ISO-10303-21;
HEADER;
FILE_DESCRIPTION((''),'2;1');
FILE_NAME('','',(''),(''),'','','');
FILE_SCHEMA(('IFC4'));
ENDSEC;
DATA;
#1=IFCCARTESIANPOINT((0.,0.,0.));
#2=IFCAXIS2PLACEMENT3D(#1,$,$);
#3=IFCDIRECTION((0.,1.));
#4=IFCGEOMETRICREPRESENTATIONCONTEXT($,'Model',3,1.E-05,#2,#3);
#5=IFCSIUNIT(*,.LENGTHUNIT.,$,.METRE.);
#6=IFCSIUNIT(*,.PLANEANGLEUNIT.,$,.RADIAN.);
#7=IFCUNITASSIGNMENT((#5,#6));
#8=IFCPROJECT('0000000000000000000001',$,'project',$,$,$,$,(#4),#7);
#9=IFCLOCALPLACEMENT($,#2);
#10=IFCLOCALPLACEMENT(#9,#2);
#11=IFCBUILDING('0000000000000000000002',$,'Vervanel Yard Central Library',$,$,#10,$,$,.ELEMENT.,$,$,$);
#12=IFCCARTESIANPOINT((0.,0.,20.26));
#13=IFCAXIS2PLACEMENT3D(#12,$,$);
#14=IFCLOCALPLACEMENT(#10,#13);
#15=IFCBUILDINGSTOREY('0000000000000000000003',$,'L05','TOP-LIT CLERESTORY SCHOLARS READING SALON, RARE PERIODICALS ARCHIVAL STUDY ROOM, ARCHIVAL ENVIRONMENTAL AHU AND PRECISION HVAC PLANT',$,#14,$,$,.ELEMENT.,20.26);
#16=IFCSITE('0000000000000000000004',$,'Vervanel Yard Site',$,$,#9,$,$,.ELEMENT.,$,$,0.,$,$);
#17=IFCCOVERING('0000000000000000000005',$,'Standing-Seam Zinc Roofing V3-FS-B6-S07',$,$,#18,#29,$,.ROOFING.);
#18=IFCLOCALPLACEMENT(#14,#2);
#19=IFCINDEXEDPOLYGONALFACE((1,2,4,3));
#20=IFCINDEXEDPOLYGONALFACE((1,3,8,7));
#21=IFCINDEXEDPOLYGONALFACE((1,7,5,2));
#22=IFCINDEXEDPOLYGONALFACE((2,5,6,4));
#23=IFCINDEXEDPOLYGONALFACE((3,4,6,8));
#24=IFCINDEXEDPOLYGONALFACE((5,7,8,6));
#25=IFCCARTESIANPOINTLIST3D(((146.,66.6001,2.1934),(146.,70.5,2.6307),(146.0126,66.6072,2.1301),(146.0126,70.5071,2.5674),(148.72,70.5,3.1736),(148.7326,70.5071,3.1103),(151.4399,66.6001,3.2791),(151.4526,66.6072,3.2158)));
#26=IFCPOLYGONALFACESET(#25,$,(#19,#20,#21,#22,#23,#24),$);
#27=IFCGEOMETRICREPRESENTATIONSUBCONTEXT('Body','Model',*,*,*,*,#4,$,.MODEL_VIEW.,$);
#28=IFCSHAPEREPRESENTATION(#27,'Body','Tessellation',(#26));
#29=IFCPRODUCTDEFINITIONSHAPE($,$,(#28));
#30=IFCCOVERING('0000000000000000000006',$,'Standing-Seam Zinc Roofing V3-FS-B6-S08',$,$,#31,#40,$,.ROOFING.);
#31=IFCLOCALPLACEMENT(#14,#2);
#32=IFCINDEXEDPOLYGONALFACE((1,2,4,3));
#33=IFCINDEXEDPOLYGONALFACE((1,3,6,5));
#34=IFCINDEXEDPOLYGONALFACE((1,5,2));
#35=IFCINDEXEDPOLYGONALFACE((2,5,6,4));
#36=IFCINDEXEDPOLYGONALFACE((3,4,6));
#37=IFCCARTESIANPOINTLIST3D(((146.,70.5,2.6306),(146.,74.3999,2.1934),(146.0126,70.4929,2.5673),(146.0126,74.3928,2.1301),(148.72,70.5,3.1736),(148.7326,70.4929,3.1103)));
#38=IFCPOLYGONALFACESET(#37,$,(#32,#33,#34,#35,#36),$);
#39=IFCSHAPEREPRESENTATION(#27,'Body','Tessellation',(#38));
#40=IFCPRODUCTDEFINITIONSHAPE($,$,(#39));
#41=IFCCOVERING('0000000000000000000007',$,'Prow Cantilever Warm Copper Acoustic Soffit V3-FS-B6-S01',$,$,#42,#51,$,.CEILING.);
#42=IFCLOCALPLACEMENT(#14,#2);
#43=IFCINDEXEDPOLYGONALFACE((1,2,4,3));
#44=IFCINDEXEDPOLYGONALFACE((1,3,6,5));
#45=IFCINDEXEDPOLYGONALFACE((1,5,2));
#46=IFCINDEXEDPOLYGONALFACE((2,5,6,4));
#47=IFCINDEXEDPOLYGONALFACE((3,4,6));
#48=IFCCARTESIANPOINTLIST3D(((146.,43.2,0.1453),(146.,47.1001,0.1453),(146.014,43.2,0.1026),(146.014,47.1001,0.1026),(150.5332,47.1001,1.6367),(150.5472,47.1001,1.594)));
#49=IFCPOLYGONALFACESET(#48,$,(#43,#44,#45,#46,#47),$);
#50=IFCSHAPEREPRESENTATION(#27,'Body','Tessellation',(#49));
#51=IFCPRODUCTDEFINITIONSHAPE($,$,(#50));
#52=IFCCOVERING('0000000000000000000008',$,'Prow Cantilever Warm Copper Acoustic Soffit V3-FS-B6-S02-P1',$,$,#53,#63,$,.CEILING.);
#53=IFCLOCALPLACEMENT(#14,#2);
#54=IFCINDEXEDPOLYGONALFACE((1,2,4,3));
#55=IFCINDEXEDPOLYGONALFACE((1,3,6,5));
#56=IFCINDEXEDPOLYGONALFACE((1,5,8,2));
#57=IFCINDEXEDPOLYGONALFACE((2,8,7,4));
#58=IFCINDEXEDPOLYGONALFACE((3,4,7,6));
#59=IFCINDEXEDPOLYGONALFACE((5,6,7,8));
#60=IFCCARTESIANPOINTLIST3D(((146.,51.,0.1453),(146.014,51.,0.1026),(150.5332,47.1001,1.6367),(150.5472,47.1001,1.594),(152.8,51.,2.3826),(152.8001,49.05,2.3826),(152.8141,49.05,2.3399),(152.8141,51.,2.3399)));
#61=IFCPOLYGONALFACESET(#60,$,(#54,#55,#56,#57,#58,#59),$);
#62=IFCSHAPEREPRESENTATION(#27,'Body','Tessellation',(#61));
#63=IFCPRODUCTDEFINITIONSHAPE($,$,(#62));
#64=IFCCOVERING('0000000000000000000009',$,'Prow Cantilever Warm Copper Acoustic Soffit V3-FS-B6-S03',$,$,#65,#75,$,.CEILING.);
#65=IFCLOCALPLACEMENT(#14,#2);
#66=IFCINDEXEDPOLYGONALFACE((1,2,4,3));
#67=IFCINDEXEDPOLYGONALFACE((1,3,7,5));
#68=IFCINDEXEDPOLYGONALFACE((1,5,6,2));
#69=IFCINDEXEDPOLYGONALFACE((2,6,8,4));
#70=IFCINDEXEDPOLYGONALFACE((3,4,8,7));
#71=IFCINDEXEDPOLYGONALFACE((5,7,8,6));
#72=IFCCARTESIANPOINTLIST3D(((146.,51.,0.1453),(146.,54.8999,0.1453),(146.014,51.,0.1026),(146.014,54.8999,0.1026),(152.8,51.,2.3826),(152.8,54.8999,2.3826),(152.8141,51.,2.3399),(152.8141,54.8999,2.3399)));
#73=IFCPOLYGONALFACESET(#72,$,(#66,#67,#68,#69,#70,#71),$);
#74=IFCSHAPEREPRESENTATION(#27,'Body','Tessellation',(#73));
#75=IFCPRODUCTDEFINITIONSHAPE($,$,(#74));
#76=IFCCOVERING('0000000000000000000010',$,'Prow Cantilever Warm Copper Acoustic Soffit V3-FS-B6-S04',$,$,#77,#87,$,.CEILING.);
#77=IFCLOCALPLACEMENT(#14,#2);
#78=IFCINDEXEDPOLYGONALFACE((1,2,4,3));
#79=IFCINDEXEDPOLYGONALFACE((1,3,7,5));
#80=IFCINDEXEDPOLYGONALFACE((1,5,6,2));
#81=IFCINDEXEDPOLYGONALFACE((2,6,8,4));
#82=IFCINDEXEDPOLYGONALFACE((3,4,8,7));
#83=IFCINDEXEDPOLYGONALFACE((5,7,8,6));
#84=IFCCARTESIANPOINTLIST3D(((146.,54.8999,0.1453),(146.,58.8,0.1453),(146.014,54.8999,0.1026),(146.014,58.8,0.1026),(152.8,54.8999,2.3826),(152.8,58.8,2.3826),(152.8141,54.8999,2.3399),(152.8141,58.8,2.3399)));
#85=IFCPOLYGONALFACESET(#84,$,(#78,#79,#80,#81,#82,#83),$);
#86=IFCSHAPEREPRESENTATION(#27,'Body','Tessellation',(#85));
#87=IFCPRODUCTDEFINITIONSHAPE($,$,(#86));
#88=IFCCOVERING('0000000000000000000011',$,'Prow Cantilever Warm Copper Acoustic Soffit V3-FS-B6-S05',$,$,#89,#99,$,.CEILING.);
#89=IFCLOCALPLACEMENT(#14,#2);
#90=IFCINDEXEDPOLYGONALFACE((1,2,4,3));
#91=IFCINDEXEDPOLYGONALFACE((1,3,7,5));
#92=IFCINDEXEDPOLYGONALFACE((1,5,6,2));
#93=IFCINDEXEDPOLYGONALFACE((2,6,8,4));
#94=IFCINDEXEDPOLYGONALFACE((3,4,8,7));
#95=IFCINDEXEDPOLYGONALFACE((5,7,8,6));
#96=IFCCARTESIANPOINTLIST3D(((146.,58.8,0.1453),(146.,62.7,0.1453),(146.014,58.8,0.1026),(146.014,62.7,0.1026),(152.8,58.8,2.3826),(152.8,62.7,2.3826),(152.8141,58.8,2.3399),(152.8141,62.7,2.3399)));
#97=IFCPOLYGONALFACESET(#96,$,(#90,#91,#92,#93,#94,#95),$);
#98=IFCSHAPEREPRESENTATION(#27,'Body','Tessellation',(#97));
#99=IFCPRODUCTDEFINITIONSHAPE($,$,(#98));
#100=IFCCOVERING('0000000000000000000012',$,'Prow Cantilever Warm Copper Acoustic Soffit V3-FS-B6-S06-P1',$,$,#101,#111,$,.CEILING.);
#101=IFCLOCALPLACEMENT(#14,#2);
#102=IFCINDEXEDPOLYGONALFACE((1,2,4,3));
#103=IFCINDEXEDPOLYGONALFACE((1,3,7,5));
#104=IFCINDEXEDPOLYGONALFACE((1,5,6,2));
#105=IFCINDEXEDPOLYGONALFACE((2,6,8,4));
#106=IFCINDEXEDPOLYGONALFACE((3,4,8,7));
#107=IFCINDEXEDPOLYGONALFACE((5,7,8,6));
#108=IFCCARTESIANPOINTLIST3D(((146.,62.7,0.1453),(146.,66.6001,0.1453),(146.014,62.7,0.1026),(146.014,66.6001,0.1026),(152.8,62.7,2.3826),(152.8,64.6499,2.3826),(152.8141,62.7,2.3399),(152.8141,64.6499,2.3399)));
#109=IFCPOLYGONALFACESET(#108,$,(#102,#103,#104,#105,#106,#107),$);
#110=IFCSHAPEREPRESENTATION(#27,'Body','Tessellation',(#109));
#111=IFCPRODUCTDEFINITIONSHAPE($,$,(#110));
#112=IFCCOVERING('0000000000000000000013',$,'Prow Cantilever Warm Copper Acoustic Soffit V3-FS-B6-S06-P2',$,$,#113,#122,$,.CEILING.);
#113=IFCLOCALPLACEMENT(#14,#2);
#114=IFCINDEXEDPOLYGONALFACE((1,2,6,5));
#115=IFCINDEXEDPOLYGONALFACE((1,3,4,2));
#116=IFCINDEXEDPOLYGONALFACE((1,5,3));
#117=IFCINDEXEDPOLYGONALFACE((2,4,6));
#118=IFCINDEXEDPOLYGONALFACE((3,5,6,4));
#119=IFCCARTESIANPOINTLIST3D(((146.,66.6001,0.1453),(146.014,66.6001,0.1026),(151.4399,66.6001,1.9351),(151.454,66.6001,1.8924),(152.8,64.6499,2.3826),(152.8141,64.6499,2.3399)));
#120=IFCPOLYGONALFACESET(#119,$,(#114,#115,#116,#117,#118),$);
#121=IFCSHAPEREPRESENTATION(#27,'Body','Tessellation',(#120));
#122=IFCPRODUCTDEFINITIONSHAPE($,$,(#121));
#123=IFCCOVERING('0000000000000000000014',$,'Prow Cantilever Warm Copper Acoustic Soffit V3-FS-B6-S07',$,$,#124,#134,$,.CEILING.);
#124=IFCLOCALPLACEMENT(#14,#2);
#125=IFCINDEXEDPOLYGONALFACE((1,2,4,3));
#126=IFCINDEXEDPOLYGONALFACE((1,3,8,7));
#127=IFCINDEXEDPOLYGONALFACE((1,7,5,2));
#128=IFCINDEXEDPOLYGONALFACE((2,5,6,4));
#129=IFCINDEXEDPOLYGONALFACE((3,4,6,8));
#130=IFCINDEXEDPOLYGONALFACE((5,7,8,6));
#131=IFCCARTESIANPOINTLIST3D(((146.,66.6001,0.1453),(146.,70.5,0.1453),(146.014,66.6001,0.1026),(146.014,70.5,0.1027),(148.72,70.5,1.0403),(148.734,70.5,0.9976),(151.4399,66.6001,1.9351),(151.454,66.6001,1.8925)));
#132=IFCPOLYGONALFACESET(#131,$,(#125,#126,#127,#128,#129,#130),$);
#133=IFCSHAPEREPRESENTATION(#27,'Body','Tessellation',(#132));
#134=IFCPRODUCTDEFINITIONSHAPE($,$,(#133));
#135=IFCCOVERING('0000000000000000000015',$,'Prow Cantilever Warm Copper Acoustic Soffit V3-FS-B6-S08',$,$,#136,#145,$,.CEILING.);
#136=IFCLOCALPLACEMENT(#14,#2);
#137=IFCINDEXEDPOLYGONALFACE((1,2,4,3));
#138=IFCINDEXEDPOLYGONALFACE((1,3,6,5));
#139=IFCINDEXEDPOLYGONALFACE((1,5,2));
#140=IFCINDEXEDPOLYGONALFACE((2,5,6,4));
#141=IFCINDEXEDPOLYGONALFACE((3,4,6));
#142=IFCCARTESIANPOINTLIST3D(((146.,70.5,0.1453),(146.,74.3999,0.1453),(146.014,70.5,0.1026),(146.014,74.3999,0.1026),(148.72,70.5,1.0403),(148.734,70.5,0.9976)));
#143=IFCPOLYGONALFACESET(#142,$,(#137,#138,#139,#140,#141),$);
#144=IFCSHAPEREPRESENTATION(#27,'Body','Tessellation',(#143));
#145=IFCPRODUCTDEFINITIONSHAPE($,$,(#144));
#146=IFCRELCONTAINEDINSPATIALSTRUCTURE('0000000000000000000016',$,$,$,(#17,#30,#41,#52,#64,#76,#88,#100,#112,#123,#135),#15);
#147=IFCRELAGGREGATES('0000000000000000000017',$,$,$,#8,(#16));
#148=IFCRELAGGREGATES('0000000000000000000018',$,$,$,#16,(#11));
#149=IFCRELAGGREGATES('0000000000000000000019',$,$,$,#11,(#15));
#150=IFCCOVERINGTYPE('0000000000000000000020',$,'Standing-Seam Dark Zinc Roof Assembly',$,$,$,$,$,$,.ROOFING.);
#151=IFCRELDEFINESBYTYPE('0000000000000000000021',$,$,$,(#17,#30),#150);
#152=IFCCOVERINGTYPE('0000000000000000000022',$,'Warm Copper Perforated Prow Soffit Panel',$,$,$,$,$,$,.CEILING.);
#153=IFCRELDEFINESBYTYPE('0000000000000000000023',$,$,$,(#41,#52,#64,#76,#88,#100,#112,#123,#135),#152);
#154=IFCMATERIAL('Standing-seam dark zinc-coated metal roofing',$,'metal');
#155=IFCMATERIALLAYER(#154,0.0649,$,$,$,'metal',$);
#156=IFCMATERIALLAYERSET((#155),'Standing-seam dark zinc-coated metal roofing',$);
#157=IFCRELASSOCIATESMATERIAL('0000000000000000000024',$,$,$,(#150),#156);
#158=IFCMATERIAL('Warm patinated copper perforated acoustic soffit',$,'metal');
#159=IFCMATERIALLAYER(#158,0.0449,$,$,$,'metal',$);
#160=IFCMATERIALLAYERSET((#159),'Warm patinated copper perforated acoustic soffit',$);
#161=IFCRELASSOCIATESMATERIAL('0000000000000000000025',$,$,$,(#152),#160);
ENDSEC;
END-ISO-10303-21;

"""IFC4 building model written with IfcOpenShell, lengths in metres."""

from ifc_helpers import new_model, si_unit, direction, frame, origin, place, context, subcontext, project, spatial, polyline, outline, extrude, material, layer, layer_set, type_object, element, save


model = new_model("IFC4")

# Units and contexts
model_context = context("Model", 3, precision=1e-05, world=origin(), true_north=direction((0.0, 1.0)))
body_context = subcontext(model_context, "Body", "Model", "MODEL_VIEW")
ifc_project = project(units=[si_unit("LENGTHUNIT", "METRE"), si_unit("PLANEANGLEUNIT", "RADIAN")], contexts=[model_context])

# Site, building, storey
site_placement = place(None, origin())
site = spatial("IfcSite", under=ifc_project, at=site_placement, Name="Vervanel Yard Site", CompositionType="ELEMENT", RefElevation=0.0)
building_placement = place(site_placement, origin())
building = spatial("IfcBuilding", under=site, at=building_placement, Name="Vervanel Yard Central Library", CompositionType="ELEMENT")
storey_placement = place(building_placement, frame((0.0, 0.0, 20.26)))
storey = spatial("IfcBuildingStorey", under=building, at=storey_placement, Name="L05", Description="TOP-LIT CLERESTORY SCHOLARS READING SALON, RARE PERIODICALS ARCHIVAL STUDY ROOM, ARCHIVAL ENVIRONMENTAL AHU AND PRECISION HVAC PLANT", CompositionType="ELEMENT", Elevation=20.26)

# Coverings
ifc_material_1 = material(Name="Standing-seam dark zinc-coated metal roofing", Category="metal")
ifc_layer_1 = layer(ifc_material_1, 0.0649, Category="metal")
ifc_layer_set_1 = layer_set([ifc_layer_1], Name="Standing-seam dark zinc-coated metal roofing")
covering_type_1 = type_object("IfcCoveringType", Name="Standing-Seam Dark Zinc Roof Assembly", PredefinedType="ROOFING", material=ifc_layer_set_1)
covering_1_placement = place(storey_placement, frame((148.72, 70.5, 3.1736), z_axis=(-0.194559, -0.109312, 0.974781), x_axis=(0.571912, -0.820015, 0.022193)))
element("IfcCovering", 1, at=covering_1_placement, inside=storey, type_object=covering_type_1, Name="Standing-Seam Zinc Roofing V3-FS-B6-S07", PredefinedType="ROOFING", context=body_context, shape_type="SweptSolid", body=[
    extrude(outline(polyline([(-1.5676, -2.2881), (1.6206, -4.5762), (4.7559, 0.0), (0.0, 0.0), (-1.5676, -2.2881)])), origin(), (0.0, 0.0, -1.0), 0.0649),
])
covering_2_placement = place(storey_placement, frame((146.0, 74.3999, 2.1934), z_axis=(-0.194588, 0.109292, 0.974777), x_axis=(0.560273, -0.803322, 0.201912)))
element("IfcCovering", 2, at=covering_2_placement, inside=storey, type_object=covering_type_1, Name="Standing-Seam Zinc Roofing V3-FS-B6-S08", PredefinedType="ROOFING", context=body_context, shape_type="SweptSolid", body=[
    extrude(outline(polyline([(3.2212, -2.2415), (4.8547, 0.0), (0.0, 0.0), (3.2212, -2.2415)])), origin(), (0.0, 0.0, -1.0), 0.0649),
])
ifc_material_2 = material(Name="Warm patinated copper perforated acoustic soffit", Category="metal")
ifc_layer_2 = layer(ifc_material_2, 0.0449, Category="metal")
ifc_layer_set_2 = layer_set([ifc_layer_2], Name="Warm patinated copper perforated acoustic soffit")
covering_type_2 = type_object("IfcCoveringType", Name="Warm Copper Perforated Prow Soffit Panel", PredefinedType="CEILING", material=ifc_layer_set_2)
covering_3_placement = place(storey_placement, frame((150.5332, 47.1001, 1.6367), z_axis=(-0.312527, 0.0, 0.949909), x_axis=(-0.735523, -0.632808, -0.241992)))
element("IfcCovering", 3, at=covering_3_placement, inside=storey, type_object=covering_type_2, Name="Prow Cantilever Warm Copper Acoustic Soffit V3-FS-B6-S01", PredefinedType="CEILING", context=body_context, shape_type="SweptSolid", body=[
    extrude(outline(polyline([(3.6952, -3.0199), (6.1632, 0.0), (0.0, 0.0), (3.6952, -3.0199)])), origin(), (0.0, 0.0, -1.0), 0.0449),
])
covering_4_placement = place(storey_placement, frame((152.8, 51.0, 2.3826), z_axis=(-0.312533, -0.000006, 0.949907), x_axis=(0.000002, -1.0, -0.000006)))
element("IfcCovering", 4, at=covering_4_placement, inside=storey, type_object=covering_type_2, Name="Prow Cantilever Warm Copper Acoustic Soffit V3-FS-B6-S02-P1", PredefinedType="CEILING", context=body_context, shape_type="SweptSolid", body=[
    extrude(outline(polyline([(0.0, -7.1586), (3.8999, -2.3864), (1.95, 0.0), (0.0, 0.0), (0.0, -7.1586)])), origin(), (0.0, 0.0, -1.0), 0.0449),
])
covering_5_placement = place(storey_placement, frame((152.8, 54.8999, 2.3826), z_axis=(-0.312532, 0.0, 0.949907), x_axis=(0.0, -1.0, 0.0)))
element("IfcCovering", 5, at=covering_5_placement, inside=storey, type_object=covering_type_2, Name="Prow Cantilever Warm Copper Acoustic Soffit V3-FS-B6-S03", PredefinedType="CEILING", context=body_context, shape_type="SweptSolid", body=[
    extrude(outline(polyline([(0.0, -7.1586), (3.8999, -7.1586), (3.8999, 0.0), (0.0, 0.0), (0.0, -7.1586)])), origin(), (0.0, 0.0, -1.0), 0.0449),
])
covering_6_placement = place(storey_placement, frame((152.8, 58.8, 2.3826), z_axis=(-0.312532, 0.0, 0.949907), x_axis=(0.0, -1.0, 0.0)))
element("IfcCovering", 6, at=covering_6_placement, inside=storey, type_object=covering_type_2, Name="Prow Cantilever Warm Copper Acoustic Soffit V3-FS-B6-S04", PredefinedType="CEILING", context=body_context, shape_type="SweptSolid", body=[
    extrude(outline(polyline([(0.0, -7.1586), (3.9001, -7.1586), (3.9001, 0.0), (0.0, 0.0), (0.0, -7.1586)])), origin(), (0.0, 0.0, -1.0), 0.0449),
])
covering_7_placement = place(storey_placement, frame((152.8, 62.7, 2.3826), z_axis=(-0.312532, 0.0, 0.949907), x_axis=(0.0, -1.0, 0.0)))
element("IfcCovering", 7, at=covering_7_placement, inside=storey, type_object=covering_type_2, Name="Prow Cantilever Warm Copper Acoustic Soffit V3-FS-B6-S05", PredefinedType="CEILING", context=body_context, shape_type="SweptSolid", body=[
    extrude(outline(polyline([(0.0, -7.1586), (3.8999, -7.1586), (3.8999, 0.0), (0.0, 0.0), (0.0, -7.1586)])), origin(), (0.0, 0.0, -1.0), 0.0449),
])
covering_8_placement = place(storey_placement, frame((152.8, 62.7, 2.3826), z_axis=(-0.312532, 0.0, 0.949907), x_axis=(-0.949907, 0.0, -0.312532)))
element("IfcCovering", 8, at=covering_8_placement, inside=storey, type_object=covering_type_2, Name="Prow Cantilever Warm Copper Acoustic Soffit V3-FS-B6-S06-P1", PredefinedType="CEILING", context=body_context, shape_type="SweptSolid", body=[
    extrude(outline(polyline([(0.0, -1.95), (7.1586, -3.9001), (7.1586, 0.0), (0.0, 0.0), (0.0, -1.95)])), origin(), (0.0, 0.0, -1.0), 0.0449),
])
covering_9_placement = place(storey_placement, frame((152.8, 64.6499, 2.3826), z_axis=(-0.312529, 0.00001, 0.949908), x_axis=(-0.916506, 0.262846, -0.301543)))
element("IfcCovering", 9, at=covering_9_placement, inside=storey, type_object=covering_type_2, Name="Prow Cantilever Warm Copper Acoustic Soffit V3-FS-B6-S06-P2", PredefinedType="CEILING", context=body_context, shape_type="SweptSolid", body=[
    extrude(outline(polyline([(1.8941, -1.5053), (7.4195, 0.0), (0.0, 0.0), (1.8941, -1.5053)])), origin(), (0.0, 0.0, -1.0), 0.0449),
])
covering_10_placement = place(storey_placement, frame((148.72, 70.5, 1.0403), z_axis=(-0.312542, -0.00002, 0.949904), x_axis=(0.562182, -0.806066, 0.184955)))
element("IfcCovering", 10, at=covering_10_placement, inside=storey, type_object=covering_type_2, Name="Prow Cantilever Warm Copper Acoustic Soffit V3-FS-B6-S07", PredefinedType="CEILING", context=body_context, shape_type="SweptSolid", body=[
    extrude(outline(polyline([(-1.6947, -2.3081), (1.4489, -4.6162), (4.8382, 0.0), (0.0, 0.0), (-1.6947, -2.3081)])), origin(), (0.0, 0.0, -1.0), 0.0449),
])
covering_11_placement = place(storey_placement, frame((146.0, 74.3999, 0.1453), z_axis=(-0.312568, 0.0, 0.949895), x_axis=(0.562182, -0.806059, 0.184989)))
element("IfcCovering", 11, at=covering_11_placement, inside=storey, type_object=covering_type_2, Name="Prow Cantilever Warm Copper Acoustic Soffit V3-FS-B6-S08", PredefinedType="CEILING", context=body_context, shape_type="SweptSolid", body=[
    extrude(outline(polyline([(3.1435, -2.3081), (4.8382, 0.0), (0.0, 0.0), (3.1435, -2.3081)])), origin(), (0.0, 0.0, -1.0), 0.0449),
])

save(model, "model.ifc")
